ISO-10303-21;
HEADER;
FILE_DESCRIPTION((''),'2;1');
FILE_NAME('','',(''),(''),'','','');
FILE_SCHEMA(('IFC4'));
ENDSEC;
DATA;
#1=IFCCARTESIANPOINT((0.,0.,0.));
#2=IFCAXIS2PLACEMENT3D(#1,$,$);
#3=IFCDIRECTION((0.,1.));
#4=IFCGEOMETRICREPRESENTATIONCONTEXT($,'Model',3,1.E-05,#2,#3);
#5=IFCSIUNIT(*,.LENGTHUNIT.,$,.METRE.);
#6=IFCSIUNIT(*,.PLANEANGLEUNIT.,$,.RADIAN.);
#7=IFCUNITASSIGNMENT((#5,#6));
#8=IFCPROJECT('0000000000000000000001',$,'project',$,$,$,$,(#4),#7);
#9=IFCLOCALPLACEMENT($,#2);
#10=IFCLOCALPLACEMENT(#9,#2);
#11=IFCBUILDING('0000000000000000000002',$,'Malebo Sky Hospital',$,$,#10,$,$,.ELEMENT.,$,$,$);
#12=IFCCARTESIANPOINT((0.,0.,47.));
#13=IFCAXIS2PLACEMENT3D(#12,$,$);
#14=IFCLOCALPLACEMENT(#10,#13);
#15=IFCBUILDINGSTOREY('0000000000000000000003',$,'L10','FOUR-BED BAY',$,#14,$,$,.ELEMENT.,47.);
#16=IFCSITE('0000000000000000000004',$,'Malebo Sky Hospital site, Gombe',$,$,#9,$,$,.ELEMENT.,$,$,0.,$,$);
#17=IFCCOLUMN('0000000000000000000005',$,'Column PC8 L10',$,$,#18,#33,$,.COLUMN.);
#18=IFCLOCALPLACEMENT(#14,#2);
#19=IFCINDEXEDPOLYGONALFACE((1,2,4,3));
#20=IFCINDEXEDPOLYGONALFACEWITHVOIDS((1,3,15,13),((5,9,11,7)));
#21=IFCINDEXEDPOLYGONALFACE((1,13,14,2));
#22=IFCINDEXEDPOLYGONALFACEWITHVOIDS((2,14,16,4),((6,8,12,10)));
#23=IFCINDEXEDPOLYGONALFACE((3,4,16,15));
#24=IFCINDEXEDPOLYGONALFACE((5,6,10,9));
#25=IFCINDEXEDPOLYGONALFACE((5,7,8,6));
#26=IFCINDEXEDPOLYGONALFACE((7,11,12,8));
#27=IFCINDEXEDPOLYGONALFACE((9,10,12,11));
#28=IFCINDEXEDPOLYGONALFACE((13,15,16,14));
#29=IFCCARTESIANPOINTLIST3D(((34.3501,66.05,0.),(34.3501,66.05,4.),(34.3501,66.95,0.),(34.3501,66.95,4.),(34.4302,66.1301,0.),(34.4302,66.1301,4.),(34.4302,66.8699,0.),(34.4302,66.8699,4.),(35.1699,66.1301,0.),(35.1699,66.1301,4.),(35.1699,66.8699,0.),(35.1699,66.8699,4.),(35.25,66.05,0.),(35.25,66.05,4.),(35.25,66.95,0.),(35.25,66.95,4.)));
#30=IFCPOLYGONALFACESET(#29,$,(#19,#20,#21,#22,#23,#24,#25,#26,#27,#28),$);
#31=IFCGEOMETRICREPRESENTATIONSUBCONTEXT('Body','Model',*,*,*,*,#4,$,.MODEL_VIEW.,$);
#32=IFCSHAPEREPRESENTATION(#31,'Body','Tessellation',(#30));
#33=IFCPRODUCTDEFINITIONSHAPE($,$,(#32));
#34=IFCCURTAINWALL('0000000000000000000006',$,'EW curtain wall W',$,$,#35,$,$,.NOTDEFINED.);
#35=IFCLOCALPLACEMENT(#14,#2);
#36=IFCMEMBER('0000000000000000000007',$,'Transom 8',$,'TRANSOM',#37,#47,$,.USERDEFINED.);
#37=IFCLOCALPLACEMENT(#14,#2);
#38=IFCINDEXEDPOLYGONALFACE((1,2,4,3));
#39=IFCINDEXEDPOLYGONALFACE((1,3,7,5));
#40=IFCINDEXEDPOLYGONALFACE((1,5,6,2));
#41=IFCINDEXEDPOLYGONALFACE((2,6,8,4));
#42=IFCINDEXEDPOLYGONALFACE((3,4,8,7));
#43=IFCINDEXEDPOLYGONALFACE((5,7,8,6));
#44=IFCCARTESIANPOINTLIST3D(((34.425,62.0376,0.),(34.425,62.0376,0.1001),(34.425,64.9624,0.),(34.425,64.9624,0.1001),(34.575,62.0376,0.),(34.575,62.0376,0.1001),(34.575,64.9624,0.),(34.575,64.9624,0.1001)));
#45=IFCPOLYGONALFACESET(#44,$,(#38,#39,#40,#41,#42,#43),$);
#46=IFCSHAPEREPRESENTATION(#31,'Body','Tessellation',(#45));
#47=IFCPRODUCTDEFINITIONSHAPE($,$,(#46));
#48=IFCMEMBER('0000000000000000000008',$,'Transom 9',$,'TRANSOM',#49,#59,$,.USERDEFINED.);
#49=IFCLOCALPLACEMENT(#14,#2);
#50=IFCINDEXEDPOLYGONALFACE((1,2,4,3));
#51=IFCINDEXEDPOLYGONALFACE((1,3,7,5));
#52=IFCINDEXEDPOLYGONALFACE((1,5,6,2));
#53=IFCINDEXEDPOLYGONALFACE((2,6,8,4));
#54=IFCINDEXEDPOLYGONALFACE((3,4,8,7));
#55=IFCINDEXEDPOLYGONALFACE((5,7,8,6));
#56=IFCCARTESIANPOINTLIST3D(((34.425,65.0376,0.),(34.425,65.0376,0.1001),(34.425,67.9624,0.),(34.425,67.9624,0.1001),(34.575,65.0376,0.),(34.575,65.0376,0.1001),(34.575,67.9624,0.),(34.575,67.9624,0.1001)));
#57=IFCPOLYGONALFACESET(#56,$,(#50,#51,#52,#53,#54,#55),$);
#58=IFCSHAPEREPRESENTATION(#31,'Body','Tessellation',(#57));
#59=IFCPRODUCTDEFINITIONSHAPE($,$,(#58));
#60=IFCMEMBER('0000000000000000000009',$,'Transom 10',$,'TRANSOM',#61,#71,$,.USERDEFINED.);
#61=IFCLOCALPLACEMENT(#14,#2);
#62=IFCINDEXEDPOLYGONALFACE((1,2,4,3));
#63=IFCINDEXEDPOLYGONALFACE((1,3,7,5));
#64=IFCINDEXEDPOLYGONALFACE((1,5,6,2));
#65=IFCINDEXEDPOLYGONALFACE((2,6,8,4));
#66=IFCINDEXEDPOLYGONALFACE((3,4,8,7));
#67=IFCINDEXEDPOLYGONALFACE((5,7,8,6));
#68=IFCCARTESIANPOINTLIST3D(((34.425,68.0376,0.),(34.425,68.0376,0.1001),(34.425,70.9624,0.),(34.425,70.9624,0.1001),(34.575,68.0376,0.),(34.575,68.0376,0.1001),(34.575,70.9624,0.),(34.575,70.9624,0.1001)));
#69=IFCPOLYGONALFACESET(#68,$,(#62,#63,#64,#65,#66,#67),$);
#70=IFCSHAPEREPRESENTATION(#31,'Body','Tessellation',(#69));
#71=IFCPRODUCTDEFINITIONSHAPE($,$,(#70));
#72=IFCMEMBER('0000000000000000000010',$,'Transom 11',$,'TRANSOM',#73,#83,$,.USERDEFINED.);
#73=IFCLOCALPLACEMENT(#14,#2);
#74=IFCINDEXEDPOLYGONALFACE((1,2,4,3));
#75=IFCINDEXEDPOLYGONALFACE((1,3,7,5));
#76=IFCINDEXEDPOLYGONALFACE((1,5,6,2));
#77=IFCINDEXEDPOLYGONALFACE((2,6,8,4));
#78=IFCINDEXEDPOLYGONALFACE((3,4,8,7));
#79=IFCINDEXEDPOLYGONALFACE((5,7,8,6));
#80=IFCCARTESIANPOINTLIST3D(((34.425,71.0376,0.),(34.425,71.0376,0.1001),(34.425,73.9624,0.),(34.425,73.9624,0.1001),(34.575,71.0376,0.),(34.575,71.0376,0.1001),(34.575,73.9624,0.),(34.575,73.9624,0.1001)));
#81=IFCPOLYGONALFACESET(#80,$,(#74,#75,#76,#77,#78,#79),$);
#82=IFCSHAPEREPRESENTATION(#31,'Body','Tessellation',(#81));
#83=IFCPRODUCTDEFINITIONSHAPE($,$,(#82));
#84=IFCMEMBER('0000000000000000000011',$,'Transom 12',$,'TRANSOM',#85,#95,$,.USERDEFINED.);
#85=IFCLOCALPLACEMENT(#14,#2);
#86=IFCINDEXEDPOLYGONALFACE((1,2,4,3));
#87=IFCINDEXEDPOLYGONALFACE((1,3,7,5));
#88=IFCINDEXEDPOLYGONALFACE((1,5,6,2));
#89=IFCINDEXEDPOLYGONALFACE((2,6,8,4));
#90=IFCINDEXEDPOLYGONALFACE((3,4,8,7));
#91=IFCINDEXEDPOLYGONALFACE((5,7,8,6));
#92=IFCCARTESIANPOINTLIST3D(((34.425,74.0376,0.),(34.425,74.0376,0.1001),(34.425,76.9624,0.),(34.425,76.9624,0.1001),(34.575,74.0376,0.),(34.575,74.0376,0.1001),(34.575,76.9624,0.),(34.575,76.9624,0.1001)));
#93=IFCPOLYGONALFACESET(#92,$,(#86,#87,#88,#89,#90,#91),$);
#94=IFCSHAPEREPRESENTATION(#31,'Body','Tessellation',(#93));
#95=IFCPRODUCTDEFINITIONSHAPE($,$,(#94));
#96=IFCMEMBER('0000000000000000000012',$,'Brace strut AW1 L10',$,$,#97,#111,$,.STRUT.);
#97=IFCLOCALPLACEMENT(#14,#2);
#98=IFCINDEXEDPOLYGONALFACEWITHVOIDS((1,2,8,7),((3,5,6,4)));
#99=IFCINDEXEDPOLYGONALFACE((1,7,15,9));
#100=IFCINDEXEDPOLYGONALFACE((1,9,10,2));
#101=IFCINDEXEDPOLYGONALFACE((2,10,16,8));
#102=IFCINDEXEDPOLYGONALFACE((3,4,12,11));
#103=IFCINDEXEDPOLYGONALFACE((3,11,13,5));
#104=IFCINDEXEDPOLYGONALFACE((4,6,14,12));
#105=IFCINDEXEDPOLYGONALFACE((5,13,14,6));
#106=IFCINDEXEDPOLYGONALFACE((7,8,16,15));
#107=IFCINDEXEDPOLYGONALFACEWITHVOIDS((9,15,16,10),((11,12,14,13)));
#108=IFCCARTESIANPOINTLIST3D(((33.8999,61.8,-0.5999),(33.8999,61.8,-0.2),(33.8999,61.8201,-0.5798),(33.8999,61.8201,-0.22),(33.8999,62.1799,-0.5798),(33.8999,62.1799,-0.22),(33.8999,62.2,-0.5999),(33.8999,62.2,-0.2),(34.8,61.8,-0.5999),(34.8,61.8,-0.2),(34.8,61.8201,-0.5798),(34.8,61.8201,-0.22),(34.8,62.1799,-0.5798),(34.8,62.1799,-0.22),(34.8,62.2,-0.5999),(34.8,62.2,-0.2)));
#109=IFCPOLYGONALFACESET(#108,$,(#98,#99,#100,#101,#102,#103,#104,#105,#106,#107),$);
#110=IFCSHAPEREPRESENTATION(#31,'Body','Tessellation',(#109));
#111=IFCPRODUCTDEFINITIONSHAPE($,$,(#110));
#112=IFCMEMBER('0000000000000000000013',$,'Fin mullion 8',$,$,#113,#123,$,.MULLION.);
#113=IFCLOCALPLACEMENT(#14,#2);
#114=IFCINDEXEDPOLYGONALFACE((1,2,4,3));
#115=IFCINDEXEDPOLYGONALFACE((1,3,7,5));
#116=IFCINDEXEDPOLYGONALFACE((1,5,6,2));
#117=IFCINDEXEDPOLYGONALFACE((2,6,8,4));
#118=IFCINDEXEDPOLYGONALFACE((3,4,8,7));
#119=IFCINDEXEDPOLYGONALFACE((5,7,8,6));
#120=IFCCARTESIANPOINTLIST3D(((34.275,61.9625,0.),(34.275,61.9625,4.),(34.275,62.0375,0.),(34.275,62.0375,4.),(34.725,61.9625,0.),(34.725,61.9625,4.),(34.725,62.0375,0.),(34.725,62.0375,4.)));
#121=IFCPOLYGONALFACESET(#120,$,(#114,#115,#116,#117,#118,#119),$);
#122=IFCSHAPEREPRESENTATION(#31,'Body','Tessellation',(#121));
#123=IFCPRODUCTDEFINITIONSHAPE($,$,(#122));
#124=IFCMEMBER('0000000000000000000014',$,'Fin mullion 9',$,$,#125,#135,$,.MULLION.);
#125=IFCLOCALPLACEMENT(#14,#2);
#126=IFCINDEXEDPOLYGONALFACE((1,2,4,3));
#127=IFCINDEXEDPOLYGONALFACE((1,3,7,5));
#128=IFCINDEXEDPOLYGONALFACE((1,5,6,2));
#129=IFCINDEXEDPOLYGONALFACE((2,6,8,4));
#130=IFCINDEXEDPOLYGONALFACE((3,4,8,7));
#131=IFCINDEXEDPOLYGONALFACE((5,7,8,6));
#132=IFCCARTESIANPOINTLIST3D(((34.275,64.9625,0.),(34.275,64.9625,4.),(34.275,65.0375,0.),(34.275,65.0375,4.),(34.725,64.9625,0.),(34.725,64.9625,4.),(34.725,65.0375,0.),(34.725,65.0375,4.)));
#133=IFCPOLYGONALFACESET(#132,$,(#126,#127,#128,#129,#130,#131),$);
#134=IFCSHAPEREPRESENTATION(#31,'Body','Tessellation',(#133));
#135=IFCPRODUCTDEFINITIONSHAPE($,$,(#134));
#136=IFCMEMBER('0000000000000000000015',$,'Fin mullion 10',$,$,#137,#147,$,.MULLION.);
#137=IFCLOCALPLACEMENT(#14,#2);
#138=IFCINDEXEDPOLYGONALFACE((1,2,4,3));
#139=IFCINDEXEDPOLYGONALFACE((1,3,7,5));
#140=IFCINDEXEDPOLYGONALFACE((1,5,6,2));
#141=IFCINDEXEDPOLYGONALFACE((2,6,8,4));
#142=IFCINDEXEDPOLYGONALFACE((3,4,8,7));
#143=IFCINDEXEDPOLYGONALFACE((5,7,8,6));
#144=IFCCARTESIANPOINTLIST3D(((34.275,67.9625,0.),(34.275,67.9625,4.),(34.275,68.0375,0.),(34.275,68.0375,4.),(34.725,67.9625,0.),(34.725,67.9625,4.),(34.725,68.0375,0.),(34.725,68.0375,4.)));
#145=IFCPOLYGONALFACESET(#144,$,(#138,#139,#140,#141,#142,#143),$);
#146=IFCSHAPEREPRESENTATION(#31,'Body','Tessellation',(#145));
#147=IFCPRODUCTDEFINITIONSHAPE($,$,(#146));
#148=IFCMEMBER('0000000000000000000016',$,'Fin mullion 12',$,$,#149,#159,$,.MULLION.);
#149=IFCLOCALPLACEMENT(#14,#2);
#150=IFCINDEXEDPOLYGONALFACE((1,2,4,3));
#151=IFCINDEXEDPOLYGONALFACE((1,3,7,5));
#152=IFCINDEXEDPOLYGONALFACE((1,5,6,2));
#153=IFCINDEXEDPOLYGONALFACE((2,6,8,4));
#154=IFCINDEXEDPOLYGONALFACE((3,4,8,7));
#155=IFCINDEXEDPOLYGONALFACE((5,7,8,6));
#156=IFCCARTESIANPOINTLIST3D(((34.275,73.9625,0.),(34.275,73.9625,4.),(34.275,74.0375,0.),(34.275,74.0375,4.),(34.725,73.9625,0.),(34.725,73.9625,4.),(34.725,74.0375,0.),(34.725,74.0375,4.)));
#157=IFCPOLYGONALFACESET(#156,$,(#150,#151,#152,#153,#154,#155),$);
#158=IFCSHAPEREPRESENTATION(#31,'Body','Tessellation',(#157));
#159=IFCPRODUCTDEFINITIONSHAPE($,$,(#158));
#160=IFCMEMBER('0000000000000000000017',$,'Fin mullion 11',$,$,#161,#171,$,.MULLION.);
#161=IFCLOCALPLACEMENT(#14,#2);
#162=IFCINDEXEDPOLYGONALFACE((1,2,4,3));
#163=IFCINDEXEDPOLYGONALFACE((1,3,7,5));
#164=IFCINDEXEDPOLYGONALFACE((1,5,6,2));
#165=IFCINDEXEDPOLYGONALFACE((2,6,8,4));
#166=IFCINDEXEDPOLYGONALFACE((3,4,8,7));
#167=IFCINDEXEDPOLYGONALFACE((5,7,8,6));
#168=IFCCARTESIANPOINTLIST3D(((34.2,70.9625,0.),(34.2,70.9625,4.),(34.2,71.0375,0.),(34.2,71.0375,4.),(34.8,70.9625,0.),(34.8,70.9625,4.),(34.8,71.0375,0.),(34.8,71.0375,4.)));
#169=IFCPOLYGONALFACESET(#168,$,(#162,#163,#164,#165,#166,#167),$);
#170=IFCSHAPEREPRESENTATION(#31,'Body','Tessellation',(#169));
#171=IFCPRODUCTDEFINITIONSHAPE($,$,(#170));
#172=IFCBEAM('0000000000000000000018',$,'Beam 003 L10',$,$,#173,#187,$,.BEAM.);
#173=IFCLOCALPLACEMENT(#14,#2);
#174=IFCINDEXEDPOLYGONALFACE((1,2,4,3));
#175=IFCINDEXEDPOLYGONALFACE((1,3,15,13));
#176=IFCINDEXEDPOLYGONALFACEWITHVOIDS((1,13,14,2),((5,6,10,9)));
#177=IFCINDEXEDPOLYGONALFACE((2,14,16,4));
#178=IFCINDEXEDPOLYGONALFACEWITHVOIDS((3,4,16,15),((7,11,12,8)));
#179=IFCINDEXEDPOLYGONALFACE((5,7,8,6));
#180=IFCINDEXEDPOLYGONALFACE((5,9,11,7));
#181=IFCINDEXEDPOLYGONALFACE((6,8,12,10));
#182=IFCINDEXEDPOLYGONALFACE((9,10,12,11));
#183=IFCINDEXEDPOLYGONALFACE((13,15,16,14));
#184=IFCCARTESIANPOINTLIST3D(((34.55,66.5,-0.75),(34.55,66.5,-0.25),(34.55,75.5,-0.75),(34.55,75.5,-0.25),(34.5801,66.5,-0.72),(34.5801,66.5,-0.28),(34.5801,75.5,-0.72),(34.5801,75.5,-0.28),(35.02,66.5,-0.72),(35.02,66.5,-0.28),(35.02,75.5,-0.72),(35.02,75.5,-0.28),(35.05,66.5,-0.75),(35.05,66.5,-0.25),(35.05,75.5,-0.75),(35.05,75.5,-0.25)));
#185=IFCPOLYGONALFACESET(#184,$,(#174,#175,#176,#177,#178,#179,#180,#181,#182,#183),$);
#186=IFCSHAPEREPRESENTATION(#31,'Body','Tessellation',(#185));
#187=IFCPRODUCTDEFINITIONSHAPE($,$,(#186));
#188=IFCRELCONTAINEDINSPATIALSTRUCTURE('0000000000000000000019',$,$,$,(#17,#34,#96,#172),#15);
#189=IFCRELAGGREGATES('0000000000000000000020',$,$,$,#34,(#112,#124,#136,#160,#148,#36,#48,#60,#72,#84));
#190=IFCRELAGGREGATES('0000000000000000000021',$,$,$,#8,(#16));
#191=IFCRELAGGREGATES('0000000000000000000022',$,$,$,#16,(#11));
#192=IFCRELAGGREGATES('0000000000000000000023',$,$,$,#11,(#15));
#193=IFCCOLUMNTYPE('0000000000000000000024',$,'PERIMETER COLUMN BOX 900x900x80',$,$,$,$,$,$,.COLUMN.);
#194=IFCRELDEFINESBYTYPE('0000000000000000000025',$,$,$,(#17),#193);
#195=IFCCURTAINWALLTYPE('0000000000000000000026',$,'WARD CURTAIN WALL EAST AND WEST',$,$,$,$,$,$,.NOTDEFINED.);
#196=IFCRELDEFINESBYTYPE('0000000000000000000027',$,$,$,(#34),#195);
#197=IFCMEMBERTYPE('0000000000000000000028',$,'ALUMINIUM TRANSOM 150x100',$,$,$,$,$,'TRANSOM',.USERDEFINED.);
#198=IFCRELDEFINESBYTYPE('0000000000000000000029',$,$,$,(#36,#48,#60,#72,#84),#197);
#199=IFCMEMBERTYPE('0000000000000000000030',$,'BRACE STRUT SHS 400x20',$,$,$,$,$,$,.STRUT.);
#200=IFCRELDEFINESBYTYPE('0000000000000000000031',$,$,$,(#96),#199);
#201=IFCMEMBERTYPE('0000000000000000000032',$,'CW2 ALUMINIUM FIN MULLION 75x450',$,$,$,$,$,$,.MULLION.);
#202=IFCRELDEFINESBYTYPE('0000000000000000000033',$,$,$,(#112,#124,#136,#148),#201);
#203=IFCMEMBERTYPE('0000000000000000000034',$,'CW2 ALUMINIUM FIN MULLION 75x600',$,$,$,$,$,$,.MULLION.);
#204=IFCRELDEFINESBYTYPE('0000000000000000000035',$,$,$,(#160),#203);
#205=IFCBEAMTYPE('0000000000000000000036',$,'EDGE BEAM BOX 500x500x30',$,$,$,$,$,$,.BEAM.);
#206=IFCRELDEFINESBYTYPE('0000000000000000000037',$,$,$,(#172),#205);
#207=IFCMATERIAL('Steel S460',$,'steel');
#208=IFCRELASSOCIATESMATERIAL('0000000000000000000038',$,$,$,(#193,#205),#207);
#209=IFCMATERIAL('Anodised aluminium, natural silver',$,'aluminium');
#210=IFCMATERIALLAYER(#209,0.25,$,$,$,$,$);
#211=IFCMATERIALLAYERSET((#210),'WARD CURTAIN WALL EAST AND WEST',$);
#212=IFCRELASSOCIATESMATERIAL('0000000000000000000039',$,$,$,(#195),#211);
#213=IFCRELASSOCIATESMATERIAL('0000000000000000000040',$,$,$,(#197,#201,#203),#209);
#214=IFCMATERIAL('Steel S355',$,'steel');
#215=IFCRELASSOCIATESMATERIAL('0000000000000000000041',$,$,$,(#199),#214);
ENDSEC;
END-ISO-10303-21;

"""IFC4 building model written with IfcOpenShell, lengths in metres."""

from ifc_helpers import new_model, si_unit, direction, frame, origin, origin_2d, place, context, subcontext, project, spatial, rectangle, hollow_rectangle, extrude, material, layer, layer_set, material_profile, profile_set, type_object, element, aggregate, save


model = new_model("IFC4")

# Units and contexts
model_context = context("Model", 3, precision=1e-05, world=origin(), true_north=direction((0.0, 1.0)))
body_context = subcontext(model_context, "Body", "Model", "MODEL_VIEW")
ifc_project = project(units=[si_unit("LENGTHUNIT", "METRE"), si_unit("PLANEANGLEUNIT", "RADIAN")], contexts=[model_context])

# Site, building, storey
site_placement = place(None, origin())
site = spatial("IfcSite", under=ifc_project, at=site_placement, Name="Malebo Sky Hospital site, Gombe", CompositionType="ELEMENT", RefElevation=0.0)
building_placement = place(site_placement, origin())
building = spatial("IfcBuilding", under=site, at=building_placement, Name="Malebo Sky Hospital", CompositionType="ELEMENT")
storey_placement = place(building_placement, frame((0.0, 0.0, 47.0)))
storey = spatial("IfcBuildingStorey", under=building, at=storey_placement, Name="L10", Description="FOUR-BED BAY", CompositionType="ELEMENT", Elevation=47.0)

# Column
ifc_material_1 = material(Name="Steel S460", Category="steel")
ifc_material_profile_1 = material_profile(ifc_material_1, hollow_rectangle(XDim=0.8999, YDim=0.8999, WallThickness=0.0801, at=origin_2d()), Name="BOX 900x900x80")
ifc_profile_set_1 = profile_set([ifc_material_profile_1], Name="Steel S460")
column_type = type_object("IfcColumnType", Name="PERIMETER COLUMN BOX 900x900x80", PredefinedType="COLUMN", material=ifc_profile_set_1)
column_placement = place(storey_placement, frame((34.8, 66.5, 0.0), z_axis=(0.0, 0.0, 1.0), x_axis=(1.0, 0.0, 0.0)))
element("IfcColumn", 1, at=column_placement, inside=storey, type_object=column_type, Name="Column PC8 L10", PredefinedType="COLUMN", context=body_context, shape_type="SweptSolid", body=[
    extrude(hollow_rectangle(XDim=0.8999, YDim=0.8999, WallThickness=0.0801, at=origin_2d()), origin(), (0.0, 0.0, 1.0), 4.0),
])

# Curtain wall, members
ifc_material_2 = material(Name="Anodised aluminium, natural silver", Category="aluminium")
ifc_layer_1 = layer(ifc_material_2, 0.25)
ifc_layer_set_1 = layer_set([ifc_layer_1], Name="WARD CURTAIN WALL EAST AND WEST")
curtain_wall_type = type_object("IfcCurtainWallType", Name="WARD CURTAIN WALL EAST AND WEST", PredefinedType="NOTDEFINED", material=ifc_layer_set_1)
curtain_wall_placement = place(storey_placement, origin())
curtain_wall = element("IfcCurtainWall", 2, at=curtain_wall_placement, inside=storey, type_object=curtain_wall_type, Name="EW curtain wall W", PredefinedType="NOTDEFINED")
ifc_material_profile_2 = material_profile(ifc_material_2, rectangle(XDim=0.1499, YDim=0.1001, at=origin_2d()), Name="ALUMINIUM TRANSOM 150x100")
ifc_profile_set_2 = profile_set([ifc_material_profile_2], Name="Anodised aluminium, natural silver")
member_type_1 = type_object("IfcMemberType", Name="ALUMINIUM TRANSOM 150x100", ElementType="TRANSOM", PredefinedType="USERDEFINED", material=ifc_profile_set_2)
member_1_placement = place(storey_placement, frame((34.5, 62.0376, 0.05), z_axis=(0.0, 1.0, 0.0), x_axis=(-1.0, 0.0, 0.0)))
member_1 = element("IfcMember", 3, at=member_1_placement, type_object=member_type_1, Name="Transom 8", ObjectType="TRANSOM", PredefinedType="USERDEFINED", context=body_context, shape_type="SweptSolid", body=[
    extrude(rectangle(XDim=0.1499, YDim=0.1001, at=origin_2d()), origin(), (0.0, 0.0, 1.0), 2.9248),
])
member_2_placement = place(storey_placement, frame((34.5, 65.0376, 0.05), z_axis=(0.0, 1.0, 0.0), x_axis=(-1.0, 0.0, 0.0)))
member_2 = element("IfcMember", 4, at=member_2_placement, type_object=member_type_1, Name="Transom 9", ObjectType="TRANSOM", PredefinedType="USERDEFINED", context=body_context, shape_type="SweptSolid", body=[
    extrude(rectangle(XDim=0.1499, YDim=0.1001, at=origin_2d()), origin(), (0.0, 0.0, 1.0), 2.9248),
])
member_3_placement = place(storey_placement, frame((34.5, 68.0376, 0.05), z_axis=(0.0, 1.0, 0.0), x_axis=(-1.0, 0.0, 0.0)))
member_3 = element("IfcMember", 5, at=member_3_placement, type_object=member_type_1, Name="Transom 10", ObjectType="TRANSOM", PredefinedType="USERDEFINED", context=body_context, shape_type="SweptSolid", body=[
    extrude(rectangle(XDim=0.1499, YDim=0.1001, at=origin_2d()), origin(), (0.0, 0.0, 1.0), 2.9248),
])
member_4_placement = place(storey_placement, frame((34.5, 71.0376, 0.05), z_axis=(0.0, 1.0, 0.0), x_axis=(-1.0, 0.0, 0.0)))
member_4 = element("IfcMember", 6, at=member_4_placement, type_object=member_type_1, Name="Transom 11", ObjectType="TRANSOM", PredefinedType="USERDEFINED", context=body_context, shape_type="SweptSolid", body=[
    extrude(rectangle(XDim=0.1499, YDim=0.1001, at=origin_2d()), origin(), (0.0, 0.0, 1.0), 2.9248),
])
member_5_placement = place(storey_placement, frame((34.5, 74.0376, 0.05), z_axis=(0.0, 1.0, 0.0), x_axis=(-1.0, 0.0, 0.0)))
member_5 = element("IfcMember", 7, at=member_5_placement, type_object=member_type_1, Name="Transom 12", ObjectType="TRANSOM", PredefinedType="USERDEFINED", context=body_context, shape_type="SweptSolid", body=[
    extrude(rectangle(XDim=0.1499, YDim=0.1001, at=origin_2d()), origin(), (0.0, 0.0, 1.0), 2.9248),
])

# Members
ifc_material_3 = material(Name="Steel S355", Category="steel")
ifc_material_profile_3 = material_profile(ifc_material_3, hollow_rectangle(XDim=0.3999, YDim=0.3999, WallThickness=0.02, at=origin_2d()), Name="SHS 400x20")
ifc_profile_set_3 = profile_set([ifc_material_profile_3], Name="Steel S355")
member_type_2 = type_object("IfcMemberType", Name="BRACE STRUT SHS 400x20", PredefinedType="STRUT", material=ifc_profile_set_3)
member_6_placement = place(storey_placement, frame((33.8999, 62.0, -0.3999), z_axis=(1.0, 0.0, 0.0), x_axis=(0.0, 1.0, 0.0)))
element("IfcMember", 8, at=member_6_placement, inside=storey, type_object=member_type_2, Name="Brace strut AW1 L10", PredefinedType="STRUT", context=body_context, shape_type="SweptSolid", body=[
    extrude(hollow_rectangle(XDim=0.3999, YDim=0.3999, WallThickness=0.02, at=origin_2d()), origin(), (0.0, 0.0, 1.0), 0.9001),
])
ifc_material_profile_4 = material_profile(ifc_material_2, rectangle(XDim=0.075, YDim=0.45, at=origin_2d()), Name="CW2 ALUMINIUM FIN MULLION 75x450")
ifc_profile_set_4 = profile_set([ifc_material_profile_4], Name="Anodised aluminium, natural silver")
member_type_3 = type_object("IfcMemberType", Name="CW2 ALUMINIUM FIN MULLION 75x450", PredefinedType="MULLION", material=ifc_profile_set_4)
member_7_placement = place(storey_placement, frame((34.5, 62.0, 0.0), z_axis=(0.0, 0.0, 1.0), x_axis=(0.0, 1.0, 0.0)))
member_7 = element("IfcMember", 9, at=member_7_placement, type_object=member_type_3, Name="Fin mullion 8", PredefinedType="MULLION", context=body_context, shape_type="SweptSolid", body=[
    extrude(rectangle(XDim=0.075, YDim=0.45, at=origin_2d()), origin(), (0.0, 0.0, 1.0), 4.0),
])
member_8_placement = place(storey_placement, frame((34.5, 65.0, 0.0), z_axis=(0.0, 0.0, 1.0), x_axis=(0.0, 1.0, 0.0)))
member_8 = element("IfcMember", 10, at=member_8_placement, type_object=member_type_3, Name="Fin mullion 9", PredefinedType="MULLION", context=body_context, shape_type="SweptSolid", body=[
    extrude(rectangle(XDim=0.075, YDim=0.45, at=origin_2d()), origin(), (0.0, 0.0, 1.0), 4.0),
])
member_9_placement = place(storey_placement, frame((34.5, 68.0, 0.0), z_axis=(0.0, 0.0, 1.0), x_axis=(0.0, 1.0, 0.0)))
member_9 = element("IfcMember", 11, at=member_9_placement, type_object=member_type_3, Name="Fin mullion 10", PredefinedType="MULLION", context=body_context, shape_type="SweptSolid", body=[
    extrude(rectangle(XDim=0.075, YDim=0.45, at=origin_2d()), origin(), (0.0, 0.0, 1.0), 4.0),
])
member_10_placement = place(storey_placement, frame((34.5, 74.0, 0.0), z_axis=(0.0, 0.0, 1.0), x_axis=(0.0, 1.0, 0.0)))
member_10 = element("IfcMember", 12, at=member_10_placement, type_object=member_type_3, Name="Fin mullion 12", PredefinedType="MULLION", context=body_context, shape_type="SweptSolid", body=[
    extrude(rectangle(XDim=0.075, YDim=0.45, at=origin_2d()), origin(), (0.0, 0.0, 1.0), 4.0),
])
ifc_material_profile_5 = material_profile(ifc_material_2, rectangle(XDim=0.075, YDim=0.6001, at=origin_2d()), Name="CW2 ALUMINIUM FIN MULLION 75x600")
ifc_profile_set_5 = profile_set([ifc_material_profile_5], Name="Anodised aluminium, natural silver")
member_type_4 = type_object("IfcMemberType", Name="CW2 ALUMINIUM FIN MULLION 75x600", PredefinedType="MULLION", material=ifc_profile_set_5)
member_11_placement = place(storey_placement, frame((34.5, 71.0, 0.0), z_axis=(0.0, 0.0, 1.0), x_axis=(0.0, 1.0, 0.0)))
member_11 = element("IfcMember", 13, at=member_11_placement, type_object=member_type_4, Name="Fin mullion 11", PredefinedType="MULLION", context=body_context, shape_type="SweptSolid", body=[
    extrude(rectangle(XDim=0.075, YDim=0.6001, at=origin_2d()), origin(), (0.0, 0.0, 1.0), 4.0),
])

# Beam
ifc_material_profile_6 = material_profile(ifc_material_1, hollow_rectangle(XDim=0.5, YDim=0.5, WallThickness=0.03, at=origin_2d()), Name="BOX 500x500x30")
ifc_profile_set_6 = profile_set([ifc_material_profile_6], Name="Steel S460")
beam_type_1 = type_object("IfcBeamType", Name="EDGE BEAM BOX 500x500x30", PredefinedType="BEAM", material=ifc_profile_set_6)
beam_1_placement = place(storey_placement, frame((34.8, 66.5, -0.5), z_axis=(0.0, 1.0, 0.0), x_axis=(-1.0, 0.0, 0.0)))
element("IfcBeam", 14, at=beam_1_placement, inside=storey, type_object=beam_type_1, Name="Beam 003 L10", PredefinedType="BEAM", context=body_context, shape_type="SweptSolid", body=[
    extrude(hollow_rectangle(XDim=0.5, YDim=0.5, WallThickness=0.03, at=origin_2d()), origin(), (0.0, 0.0, 1.0), 9.0),
])

aggregate(curtain_wall, [member_7, member_8, member_9, member_11, member_10, member_1, member_2, member_3, member_4, member_5])

save(model, "model.ifc")
